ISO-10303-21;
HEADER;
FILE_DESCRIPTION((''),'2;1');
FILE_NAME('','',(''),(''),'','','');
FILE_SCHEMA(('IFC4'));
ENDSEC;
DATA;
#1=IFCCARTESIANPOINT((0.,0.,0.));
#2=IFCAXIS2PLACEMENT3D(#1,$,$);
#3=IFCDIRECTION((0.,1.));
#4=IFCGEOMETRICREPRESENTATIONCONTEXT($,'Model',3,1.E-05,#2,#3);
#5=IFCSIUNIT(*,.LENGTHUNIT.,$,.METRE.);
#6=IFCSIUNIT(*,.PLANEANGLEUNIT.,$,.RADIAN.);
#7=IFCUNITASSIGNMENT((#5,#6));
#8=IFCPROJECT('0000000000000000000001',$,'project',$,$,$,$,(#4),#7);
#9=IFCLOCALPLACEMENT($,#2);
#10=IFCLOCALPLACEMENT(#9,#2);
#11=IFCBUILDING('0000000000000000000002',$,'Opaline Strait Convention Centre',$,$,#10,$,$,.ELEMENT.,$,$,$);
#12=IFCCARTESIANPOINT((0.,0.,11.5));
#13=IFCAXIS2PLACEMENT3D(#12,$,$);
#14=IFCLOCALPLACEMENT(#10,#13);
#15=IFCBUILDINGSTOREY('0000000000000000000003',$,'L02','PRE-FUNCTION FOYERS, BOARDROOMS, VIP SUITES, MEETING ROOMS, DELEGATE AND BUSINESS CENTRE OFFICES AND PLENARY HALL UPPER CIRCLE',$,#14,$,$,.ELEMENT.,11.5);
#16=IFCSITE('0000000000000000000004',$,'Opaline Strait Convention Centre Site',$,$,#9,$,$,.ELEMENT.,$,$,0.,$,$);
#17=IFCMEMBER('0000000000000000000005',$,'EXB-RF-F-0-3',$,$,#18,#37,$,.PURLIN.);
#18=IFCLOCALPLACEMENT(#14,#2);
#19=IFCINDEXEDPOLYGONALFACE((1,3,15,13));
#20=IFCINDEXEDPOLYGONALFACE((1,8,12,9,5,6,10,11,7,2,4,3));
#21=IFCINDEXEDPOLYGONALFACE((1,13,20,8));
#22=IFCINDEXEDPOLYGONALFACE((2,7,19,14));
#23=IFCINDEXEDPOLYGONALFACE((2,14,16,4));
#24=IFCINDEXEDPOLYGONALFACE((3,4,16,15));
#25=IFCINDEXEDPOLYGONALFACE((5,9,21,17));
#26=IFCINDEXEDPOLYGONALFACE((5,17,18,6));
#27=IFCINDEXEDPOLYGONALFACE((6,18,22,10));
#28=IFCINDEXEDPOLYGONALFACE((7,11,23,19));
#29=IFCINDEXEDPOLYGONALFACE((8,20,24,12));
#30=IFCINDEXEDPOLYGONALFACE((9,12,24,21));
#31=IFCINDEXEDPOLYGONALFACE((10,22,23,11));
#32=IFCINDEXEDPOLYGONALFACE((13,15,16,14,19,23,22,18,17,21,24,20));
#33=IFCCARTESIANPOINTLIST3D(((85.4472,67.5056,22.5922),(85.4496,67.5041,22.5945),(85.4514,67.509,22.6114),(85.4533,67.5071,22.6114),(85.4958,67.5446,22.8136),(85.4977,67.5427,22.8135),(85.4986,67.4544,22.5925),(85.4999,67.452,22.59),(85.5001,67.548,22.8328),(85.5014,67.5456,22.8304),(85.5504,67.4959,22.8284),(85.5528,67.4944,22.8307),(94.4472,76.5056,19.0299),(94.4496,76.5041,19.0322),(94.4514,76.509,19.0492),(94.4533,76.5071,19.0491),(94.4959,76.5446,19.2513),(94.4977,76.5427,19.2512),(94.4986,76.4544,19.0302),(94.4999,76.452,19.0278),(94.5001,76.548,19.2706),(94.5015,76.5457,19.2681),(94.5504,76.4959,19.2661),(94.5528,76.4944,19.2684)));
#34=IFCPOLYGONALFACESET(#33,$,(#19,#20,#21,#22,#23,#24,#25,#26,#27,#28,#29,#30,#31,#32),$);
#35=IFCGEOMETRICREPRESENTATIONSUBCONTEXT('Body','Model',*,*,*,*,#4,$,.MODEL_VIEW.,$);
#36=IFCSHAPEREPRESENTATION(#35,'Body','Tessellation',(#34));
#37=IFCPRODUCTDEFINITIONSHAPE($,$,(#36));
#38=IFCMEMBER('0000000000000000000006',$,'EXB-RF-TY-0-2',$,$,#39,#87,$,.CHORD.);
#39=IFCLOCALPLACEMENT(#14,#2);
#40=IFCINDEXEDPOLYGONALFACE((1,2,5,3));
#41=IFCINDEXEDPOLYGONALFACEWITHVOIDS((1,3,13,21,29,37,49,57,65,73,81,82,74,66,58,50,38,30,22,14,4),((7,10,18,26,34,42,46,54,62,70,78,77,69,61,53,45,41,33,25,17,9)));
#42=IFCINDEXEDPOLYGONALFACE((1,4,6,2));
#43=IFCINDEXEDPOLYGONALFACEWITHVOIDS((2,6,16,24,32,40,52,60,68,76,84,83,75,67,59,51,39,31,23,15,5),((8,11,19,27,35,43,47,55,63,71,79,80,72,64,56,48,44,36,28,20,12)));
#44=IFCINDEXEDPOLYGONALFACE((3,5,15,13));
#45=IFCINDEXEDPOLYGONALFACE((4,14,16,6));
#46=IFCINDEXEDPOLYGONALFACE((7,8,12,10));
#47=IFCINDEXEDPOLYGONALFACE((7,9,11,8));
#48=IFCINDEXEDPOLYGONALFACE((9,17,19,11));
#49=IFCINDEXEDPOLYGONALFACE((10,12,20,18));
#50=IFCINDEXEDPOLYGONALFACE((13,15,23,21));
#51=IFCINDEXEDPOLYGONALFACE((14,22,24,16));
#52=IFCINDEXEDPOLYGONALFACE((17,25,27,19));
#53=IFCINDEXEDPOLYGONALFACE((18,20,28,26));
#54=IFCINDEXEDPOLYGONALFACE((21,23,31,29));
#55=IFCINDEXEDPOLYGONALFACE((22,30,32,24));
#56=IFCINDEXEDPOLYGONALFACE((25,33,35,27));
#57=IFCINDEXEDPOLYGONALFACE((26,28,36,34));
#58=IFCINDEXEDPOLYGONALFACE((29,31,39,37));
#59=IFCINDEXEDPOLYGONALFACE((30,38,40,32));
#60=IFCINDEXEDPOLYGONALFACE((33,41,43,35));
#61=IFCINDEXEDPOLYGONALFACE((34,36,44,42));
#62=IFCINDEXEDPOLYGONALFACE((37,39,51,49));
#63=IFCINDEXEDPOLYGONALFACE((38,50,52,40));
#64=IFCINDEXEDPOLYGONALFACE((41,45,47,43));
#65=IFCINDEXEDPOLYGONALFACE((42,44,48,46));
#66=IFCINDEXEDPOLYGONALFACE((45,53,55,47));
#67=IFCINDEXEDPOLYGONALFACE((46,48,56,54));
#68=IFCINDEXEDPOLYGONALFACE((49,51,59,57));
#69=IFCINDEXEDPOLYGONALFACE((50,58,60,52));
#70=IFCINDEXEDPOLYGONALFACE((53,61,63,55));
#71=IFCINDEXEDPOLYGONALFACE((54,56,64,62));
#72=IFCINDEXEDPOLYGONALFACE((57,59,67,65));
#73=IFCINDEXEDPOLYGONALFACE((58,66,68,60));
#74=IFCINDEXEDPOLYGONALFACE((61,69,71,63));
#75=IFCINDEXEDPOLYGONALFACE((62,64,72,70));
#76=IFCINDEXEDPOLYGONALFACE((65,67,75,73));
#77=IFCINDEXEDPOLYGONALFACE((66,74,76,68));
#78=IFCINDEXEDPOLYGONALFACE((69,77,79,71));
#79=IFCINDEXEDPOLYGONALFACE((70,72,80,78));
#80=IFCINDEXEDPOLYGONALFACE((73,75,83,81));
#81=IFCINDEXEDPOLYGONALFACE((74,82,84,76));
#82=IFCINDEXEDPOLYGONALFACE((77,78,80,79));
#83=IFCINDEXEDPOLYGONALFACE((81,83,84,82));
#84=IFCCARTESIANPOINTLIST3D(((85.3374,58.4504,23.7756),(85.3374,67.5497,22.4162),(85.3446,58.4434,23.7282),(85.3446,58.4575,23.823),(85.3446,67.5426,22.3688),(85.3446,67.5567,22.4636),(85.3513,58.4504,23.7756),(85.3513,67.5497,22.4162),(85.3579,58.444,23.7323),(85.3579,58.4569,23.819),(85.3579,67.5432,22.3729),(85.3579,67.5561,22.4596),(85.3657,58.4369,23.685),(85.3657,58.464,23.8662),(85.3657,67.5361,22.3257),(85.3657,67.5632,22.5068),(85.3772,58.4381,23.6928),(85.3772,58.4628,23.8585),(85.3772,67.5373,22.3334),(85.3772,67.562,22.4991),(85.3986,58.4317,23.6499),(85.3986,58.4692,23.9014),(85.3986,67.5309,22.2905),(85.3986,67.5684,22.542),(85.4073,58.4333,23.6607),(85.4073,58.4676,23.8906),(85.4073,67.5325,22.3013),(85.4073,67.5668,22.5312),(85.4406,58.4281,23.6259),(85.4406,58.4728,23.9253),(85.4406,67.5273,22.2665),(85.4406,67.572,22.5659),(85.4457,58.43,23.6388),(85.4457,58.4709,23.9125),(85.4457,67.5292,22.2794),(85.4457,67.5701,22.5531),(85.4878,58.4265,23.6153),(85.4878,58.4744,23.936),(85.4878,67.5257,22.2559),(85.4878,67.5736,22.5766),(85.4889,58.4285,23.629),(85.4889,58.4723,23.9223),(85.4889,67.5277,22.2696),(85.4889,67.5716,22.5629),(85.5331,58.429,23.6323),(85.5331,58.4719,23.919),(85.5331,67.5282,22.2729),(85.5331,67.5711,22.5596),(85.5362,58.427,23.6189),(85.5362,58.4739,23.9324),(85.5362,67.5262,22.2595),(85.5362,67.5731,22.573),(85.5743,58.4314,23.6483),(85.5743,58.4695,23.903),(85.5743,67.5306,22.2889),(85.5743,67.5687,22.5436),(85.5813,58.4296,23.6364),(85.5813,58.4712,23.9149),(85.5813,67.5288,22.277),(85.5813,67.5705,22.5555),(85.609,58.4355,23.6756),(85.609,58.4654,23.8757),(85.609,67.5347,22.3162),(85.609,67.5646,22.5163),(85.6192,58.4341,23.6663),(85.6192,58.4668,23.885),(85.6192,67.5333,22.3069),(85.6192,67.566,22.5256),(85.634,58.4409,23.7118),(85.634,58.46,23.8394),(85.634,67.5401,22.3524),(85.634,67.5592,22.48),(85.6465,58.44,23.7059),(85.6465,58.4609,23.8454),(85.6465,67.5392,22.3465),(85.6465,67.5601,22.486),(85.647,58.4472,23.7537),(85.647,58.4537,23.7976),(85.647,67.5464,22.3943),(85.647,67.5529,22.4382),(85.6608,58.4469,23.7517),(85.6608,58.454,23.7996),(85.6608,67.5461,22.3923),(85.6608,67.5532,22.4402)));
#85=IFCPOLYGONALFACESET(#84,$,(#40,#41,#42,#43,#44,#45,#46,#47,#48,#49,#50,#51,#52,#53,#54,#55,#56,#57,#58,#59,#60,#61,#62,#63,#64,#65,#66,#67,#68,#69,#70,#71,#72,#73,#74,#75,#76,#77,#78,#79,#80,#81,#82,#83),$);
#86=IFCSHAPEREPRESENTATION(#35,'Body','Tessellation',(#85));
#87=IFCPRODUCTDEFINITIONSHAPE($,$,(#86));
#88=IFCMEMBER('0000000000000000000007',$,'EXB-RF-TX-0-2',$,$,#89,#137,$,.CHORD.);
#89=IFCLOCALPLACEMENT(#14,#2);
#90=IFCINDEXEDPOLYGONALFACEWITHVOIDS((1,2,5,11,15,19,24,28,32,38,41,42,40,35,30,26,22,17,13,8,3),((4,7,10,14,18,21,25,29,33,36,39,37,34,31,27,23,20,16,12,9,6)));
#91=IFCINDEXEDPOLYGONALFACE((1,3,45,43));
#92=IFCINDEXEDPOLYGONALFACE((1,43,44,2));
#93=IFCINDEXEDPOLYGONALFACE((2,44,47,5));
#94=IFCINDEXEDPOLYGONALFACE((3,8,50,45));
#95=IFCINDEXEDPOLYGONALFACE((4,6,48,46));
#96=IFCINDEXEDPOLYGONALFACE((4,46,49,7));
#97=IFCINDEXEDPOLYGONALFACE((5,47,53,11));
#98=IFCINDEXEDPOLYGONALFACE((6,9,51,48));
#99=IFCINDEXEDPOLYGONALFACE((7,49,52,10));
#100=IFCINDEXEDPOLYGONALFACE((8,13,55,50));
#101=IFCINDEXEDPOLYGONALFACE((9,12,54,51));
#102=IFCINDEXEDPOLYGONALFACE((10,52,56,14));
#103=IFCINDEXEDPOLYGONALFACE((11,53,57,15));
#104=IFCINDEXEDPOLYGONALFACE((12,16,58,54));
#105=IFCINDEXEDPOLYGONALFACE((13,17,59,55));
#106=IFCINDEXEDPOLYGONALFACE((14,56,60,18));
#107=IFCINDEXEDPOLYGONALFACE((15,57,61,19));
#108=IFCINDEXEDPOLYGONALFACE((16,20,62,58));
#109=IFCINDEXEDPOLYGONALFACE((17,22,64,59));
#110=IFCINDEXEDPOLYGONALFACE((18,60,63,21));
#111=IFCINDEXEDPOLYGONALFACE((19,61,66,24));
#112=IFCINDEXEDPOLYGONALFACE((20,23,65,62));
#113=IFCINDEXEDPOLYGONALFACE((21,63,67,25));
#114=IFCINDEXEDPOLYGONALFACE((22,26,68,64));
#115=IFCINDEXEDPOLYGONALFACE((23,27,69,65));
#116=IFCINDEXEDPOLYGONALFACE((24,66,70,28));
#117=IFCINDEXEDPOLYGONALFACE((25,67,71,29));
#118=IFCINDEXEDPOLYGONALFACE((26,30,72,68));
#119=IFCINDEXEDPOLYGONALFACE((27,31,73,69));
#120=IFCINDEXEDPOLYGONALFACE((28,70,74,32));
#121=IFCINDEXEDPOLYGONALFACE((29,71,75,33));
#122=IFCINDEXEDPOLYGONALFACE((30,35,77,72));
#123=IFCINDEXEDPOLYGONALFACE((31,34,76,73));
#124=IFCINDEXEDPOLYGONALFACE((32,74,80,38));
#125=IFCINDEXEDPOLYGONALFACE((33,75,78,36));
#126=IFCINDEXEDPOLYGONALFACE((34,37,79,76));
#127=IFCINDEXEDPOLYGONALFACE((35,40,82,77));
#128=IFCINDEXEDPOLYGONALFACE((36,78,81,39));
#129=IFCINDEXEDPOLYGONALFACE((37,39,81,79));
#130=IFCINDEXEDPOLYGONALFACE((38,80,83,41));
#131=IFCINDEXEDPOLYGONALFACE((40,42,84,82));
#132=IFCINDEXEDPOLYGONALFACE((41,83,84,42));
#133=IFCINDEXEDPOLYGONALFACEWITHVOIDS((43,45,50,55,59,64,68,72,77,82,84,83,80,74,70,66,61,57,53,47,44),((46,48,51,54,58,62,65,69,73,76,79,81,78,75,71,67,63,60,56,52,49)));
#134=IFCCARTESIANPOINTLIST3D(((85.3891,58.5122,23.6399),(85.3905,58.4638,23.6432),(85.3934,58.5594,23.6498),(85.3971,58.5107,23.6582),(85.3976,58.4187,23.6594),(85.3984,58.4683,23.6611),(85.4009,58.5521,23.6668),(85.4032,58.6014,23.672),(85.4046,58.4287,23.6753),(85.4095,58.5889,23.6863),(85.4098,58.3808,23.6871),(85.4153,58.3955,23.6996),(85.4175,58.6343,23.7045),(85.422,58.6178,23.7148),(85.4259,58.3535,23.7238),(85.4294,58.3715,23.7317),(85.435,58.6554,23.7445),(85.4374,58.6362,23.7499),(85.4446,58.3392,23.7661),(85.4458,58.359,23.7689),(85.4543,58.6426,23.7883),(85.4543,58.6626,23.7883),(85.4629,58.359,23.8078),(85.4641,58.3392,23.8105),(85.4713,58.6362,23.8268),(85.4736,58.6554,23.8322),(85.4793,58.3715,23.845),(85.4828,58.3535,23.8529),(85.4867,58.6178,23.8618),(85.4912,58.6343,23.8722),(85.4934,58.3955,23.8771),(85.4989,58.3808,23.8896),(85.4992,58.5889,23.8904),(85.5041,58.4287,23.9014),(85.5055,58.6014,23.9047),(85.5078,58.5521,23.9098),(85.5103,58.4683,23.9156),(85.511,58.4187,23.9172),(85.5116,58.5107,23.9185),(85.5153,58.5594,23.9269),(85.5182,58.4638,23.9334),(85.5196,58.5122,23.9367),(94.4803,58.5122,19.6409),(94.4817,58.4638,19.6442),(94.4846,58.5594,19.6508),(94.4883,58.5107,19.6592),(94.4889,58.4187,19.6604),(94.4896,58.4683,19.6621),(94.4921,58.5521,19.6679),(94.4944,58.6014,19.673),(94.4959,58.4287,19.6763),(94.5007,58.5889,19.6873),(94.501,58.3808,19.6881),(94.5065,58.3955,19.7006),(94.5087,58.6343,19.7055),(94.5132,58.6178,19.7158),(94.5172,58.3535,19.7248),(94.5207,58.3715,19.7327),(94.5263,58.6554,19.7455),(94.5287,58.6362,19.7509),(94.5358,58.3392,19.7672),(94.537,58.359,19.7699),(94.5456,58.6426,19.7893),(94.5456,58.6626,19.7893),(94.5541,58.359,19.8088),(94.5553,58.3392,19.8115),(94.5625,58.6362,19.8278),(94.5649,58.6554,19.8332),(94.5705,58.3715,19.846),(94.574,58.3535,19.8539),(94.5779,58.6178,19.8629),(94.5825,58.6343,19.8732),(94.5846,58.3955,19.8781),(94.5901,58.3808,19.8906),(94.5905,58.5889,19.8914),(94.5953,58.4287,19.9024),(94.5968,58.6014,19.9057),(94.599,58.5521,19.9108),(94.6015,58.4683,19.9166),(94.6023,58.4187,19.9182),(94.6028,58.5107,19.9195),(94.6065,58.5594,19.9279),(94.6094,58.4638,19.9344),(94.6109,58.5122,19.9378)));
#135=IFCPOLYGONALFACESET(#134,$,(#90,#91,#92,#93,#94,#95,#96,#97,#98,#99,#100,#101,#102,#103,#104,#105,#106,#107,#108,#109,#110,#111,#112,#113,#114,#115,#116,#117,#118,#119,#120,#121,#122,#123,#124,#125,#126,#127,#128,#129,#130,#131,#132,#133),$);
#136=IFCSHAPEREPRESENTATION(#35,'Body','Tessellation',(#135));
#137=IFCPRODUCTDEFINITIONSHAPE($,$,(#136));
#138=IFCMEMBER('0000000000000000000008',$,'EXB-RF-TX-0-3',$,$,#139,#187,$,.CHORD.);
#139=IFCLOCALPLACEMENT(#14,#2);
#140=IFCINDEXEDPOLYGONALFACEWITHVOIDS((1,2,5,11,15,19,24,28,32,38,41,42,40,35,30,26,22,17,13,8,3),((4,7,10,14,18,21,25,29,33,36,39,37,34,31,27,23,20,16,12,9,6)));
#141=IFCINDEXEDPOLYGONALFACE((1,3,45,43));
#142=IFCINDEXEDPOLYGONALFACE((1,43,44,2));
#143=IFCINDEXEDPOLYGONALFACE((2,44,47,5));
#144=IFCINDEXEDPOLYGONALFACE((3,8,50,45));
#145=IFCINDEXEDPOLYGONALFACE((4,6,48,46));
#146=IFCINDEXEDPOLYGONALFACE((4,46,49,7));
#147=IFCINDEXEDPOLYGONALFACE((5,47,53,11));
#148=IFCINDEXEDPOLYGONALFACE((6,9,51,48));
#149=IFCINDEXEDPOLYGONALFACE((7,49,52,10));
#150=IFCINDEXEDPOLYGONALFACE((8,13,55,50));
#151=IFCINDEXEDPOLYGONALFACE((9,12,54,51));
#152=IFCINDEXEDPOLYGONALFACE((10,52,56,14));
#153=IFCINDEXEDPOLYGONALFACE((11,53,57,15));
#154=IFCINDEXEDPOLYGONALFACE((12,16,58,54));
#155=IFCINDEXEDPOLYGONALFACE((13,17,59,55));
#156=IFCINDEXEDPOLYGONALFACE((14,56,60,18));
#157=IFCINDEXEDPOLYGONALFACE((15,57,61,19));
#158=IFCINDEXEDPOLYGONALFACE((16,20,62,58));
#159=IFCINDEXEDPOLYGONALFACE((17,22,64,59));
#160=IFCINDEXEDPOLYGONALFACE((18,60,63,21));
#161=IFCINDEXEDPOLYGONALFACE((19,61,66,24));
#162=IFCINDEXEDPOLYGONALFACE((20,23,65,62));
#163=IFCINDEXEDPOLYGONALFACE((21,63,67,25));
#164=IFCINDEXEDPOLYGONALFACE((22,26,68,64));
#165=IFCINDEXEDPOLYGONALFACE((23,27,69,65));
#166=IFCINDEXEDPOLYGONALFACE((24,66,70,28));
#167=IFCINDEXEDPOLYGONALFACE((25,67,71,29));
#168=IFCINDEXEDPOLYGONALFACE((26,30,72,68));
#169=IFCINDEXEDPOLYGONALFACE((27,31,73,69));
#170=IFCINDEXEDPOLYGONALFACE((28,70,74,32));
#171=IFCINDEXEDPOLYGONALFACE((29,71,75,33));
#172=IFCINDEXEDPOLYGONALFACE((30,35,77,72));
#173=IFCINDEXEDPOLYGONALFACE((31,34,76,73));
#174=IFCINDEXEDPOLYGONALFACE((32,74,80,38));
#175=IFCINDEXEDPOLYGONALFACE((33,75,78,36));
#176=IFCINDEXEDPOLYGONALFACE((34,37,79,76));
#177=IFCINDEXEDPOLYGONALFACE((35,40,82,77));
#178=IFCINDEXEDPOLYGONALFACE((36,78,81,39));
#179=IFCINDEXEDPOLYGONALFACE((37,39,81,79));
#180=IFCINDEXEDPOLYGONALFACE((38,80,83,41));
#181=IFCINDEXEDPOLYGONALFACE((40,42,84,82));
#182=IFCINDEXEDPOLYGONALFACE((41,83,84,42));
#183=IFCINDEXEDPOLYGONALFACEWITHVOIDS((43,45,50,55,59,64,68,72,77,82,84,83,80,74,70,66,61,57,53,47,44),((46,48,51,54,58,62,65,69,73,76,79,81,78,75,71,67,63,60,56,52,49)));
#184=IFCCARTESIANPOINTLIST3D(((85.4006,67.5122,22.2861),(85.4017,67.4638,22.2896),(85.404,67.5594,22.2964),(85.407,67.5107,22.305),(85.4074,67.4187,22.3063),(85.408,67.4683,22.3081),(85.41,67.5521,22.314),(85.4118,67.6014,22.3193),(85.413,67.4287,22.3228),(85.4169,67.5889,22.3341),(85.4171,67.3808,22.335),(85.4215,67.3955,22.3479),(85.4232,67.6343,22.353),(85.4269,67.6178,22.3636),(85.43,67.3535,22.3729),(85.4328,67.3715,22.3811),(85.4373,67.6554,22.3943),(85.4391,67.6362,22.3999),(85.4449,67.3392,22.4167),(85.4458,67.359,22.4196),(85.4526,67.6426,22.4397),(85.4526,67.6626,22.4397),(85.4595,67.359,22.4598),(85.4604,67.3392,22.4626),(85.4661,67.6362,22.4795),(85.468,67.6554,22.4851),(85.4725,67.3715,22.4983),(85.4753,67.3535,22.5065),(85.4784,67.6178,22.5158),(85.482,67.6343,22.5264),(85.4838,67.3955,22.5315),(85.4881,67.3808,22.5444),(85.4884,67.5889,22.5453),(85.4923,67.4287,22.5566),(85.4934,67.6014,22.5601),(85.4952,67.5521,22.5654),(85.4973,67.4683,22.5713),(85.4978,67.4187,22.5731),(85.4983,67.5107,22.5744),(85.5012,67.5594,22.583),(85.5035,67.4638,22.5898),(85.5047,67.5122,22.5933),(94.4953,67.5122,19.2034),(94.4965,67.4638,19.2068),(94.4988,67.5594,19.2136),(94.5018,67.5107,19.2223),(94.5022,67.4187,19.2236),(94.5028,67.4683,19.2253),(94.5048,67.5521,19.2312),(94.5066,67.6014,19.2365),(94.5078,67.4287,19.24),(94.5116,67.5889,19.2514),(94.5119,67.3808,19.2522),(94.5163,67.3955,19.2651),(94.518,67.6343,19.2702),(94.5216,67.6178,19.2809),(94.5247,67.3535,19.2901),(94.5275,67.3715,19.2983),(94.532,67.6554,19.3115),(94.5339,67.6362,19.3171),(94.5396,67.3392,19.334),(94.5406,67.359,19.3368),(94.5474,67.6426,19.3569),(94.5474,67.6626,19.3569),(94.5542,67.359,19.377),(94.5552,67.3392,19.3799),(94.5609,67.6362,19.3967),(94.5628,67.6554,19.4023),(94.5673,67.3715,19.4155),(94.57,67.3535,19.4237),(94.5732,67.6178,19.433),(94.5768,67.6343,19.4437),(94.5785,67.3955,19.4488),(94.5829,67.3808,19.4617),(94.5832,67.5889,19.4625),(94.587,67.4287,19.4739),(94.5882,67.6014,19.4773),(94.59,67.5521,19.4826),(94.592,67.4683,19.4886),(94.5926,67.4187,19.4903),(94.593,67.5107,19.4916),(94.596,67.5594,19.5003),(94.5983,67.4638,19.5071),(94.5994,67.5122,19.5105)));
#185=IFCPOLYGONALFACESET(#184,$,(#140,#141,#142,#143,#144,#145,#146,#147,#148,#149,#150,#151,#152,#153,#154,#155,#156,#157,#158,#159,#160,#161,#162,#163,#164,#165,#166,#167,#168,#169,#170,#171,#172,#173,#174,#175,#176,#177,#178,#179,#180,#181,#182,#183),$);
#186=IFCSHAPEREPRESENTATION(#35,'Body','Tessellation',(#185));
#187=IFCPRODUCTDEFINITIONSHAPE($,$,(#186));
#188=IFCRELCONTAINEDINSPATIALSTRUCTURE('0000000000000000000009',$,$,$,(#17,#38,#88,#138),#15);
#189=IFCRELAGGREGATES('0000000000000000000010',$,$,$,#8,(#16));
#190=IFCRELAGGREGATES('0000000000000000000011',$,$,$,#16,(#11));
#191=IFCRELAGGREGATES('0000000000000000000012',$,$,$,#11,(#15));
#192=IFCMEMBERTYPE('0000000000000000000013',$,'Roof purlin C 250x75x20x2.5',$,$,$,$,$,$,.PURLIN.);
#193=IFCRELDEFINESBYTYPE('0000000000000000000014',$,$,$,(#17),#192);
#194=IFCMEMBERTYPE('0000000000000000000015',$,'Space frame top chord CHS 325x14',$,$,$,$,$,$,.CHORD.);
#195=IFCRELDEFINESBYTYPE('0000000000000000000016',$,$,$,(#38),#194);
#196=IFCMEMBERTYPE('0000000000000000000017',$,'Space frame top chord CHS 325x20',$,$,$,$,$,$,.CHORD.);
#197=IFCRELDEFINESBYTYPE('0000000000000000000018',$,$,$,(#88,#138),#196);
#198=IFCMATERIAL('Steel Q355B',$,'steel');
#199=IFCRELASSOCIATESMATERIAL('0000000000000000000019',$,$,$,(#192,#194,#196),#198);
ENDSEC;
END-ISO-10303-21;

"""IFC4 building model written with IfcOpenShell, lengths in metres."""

from ifc_helpers import new_model, si_unit, direction, frame, origin, origin_2d, place, context, subcontext, project, spatial, polyline, hollow_circle, outline, extrude, material, material_profile, profile_set, type_object, element, save


model = new_model("IFC4")

# Units and contexts
model_context = context("Model", 3, precision=1e-05, world=origin(), true_north=direction((0.0, 1.0)))
body_context = subcontext(model_context, "Body", "Model", "MODEL_VIEW")
ifc_project = project(units=[si_unit("LENGTHUNIT", "METRE"), si_unit("PLANEANGLEUNIT", "RADIAN")], contexts=[model_context])

# Site, building, storey
site_placement = place(None, origin())
site = spatial("IfcSite", under=ifc_project, at=site_placement, Name="Opaline Strait Convention Centre Site", CompositionType="ELEMENT", RefElevation=0.0)
building_placement = place(site_placement, origin())
building = spatial("IfcBuilding", under=site, at=building_placement, Name="Opaline Strait Convention Centre", CompositionType="ELEMENT")
storey_placement = place(building_placement, frame((0.0, 0.0, 11.5)))
storey = spatial("IfcBuildingStorey", under=building, at=storey_placement, Name="L02", Description="PRE-FUNCTION FOYERS, BOARDROOMS, VIP SUITES, MEETING ROOMS, DELEGATE AND BUSINESS CENTRE OFFICES AND PLENARY HALL UPPER CIRCLE", CompositionType="ELEMENT", Elevation=11.5)

# Members
ifc_material_1 = material(Name="Steel Q355B", Category="steel")
ifc_material_profile_1 = material_profile(ifc_material_1, outline(polyline([(-0.0376, -0.125), (0.0376, -0.125), (0.0376, -0.105), (0.0349, -0.105), (0.0349, -0.1226), (-0.0349, -0.1226), (-0.0349, 0.1226), (0.0349, 0.1226), (0.0349, 0.105), (0.0376, 0.105), (0.0376, 0.125), (-0.0376, 0.125), (-0.0376, -0.125)])), Name="C 250x75x20x2.5")
ifc_profile_set_1 = profile_set([ifc_material_profile_1], Name="Steel Q355B")
member_type_1 = type_object("IfcMemberType", Name="Roof purlin C 250x75x20x2.5", PredefinedType="PURLIN", material=ifc_profile_set_1)
member_1_placement = place(storey_placement, frame((85.5, 67.5, 22.7114), z_axis=(0.68094, 0.68094, -0.26952), x_axis=(-0.701136, 0.712454, 0.028595)))
element("IfcMember", 1, at=member_1_placement, inside=storey, type_object=member_type_1, Name="EXB-RF-F-0-3", PredefinedType="PURLIN", context=body_context, shape_type="SweptSolid", body=[
    extrude(outline(polyline([(-0.0376, -0.125), (0.0376, -0.125), (0.0376, -0.105), (0.0349, -0.105), (0.0349, -0.1226), (-0.0349, -0.1226), (-0.0349, 0.1226), (0.0349, 0.1226), (0.0349, 0.105), (0.0376, 0.105), (0.0376, 0.125), (-0.0376, 0.125), (-0.0376, -0.125)])), origin(), (0.0, 0.0, 1.0), 13.217),
])
ifc_material_profile_2 = material_profile(ifc_material_1, hollow_circle(Radius=0.1626, WallThickness=0.0139, at=origin_2d()), Name="CHS 325x14")
ifc_profile_set_2 = profile_set([ifc_material_profile_2], Name="Steel Q355B")
member_type_2 = type_object("IfcMemberType", Name="Space frame top chord CHS 325x14", PredefinedType="CHORD", material=ifc_profile_set_2)
member_2_placement = place(storey_placement, frame((85.5, 58.4504, 23.7756), z_axis=(0.0, 0.989024, -0.147756), x_axis=(-1.0, 0.0, 0.0)))
element("IfcMember", 2, at=member_2_placement, inside=storey, type_object=member_type_2, Name="EXB-RF-TY-0-2", PredefinedType="CHORD", context=body_context, shape_type="SweptSolid", body=[
    extrude(hollow_circle(Radius=0.1626, WallThickness=0.0139, at=origin_2d()), origin(), (0.0, 0.0, 1.0), 9.2002),
])
ifc_material_profile_3 = material_profile(ifc_material_1, hollow_circle(Radius=0.1626, WallThickness=0.02, at=origin_2d()), Name="CHS 325x20")
ifc_profile_set_3 = profile_set([ifc_material_profile_3], Name="Steel Q355B")
member_type_3 = type_object("IfcMemberType", Name="Space frame top chord CHS 325x20", PredefinedType="CHORD", material=ifc_profile_set_3)
member_3_placement = place(storey_placement, frame((85.4543, 58.5, 23.7883), z_axis=(0.915358, 0.0, -0.402641), x_axis=(0.0, 1.0, 0.0)))
element("IfcMember", 3, at=member_3_placement, inside=storey, type_object=member_type_3, Name="EXB-RF-TX-0-2", PredefinedType="CHORD", context=body_context, shape_type="SweptSolid", body=[
    extrude(hollow_circle(Radius=0.1626, WallThickness=0.02, at=origin_2d()), origin(), (0.0, 0.0, 1.0), 9.9319),
])
member_4_placement = place(storey_placement, frame((85.4526, 67.5, 22.4397), z_axis=(0.947072, 0.0, -0.321021), x_axis=(0.0, 1.0, 0.0)))
element("IfcMember", 4, at=member_4_placement, inside=storey, type_object=member_type_3, Name="EXB-RF-TX-0-3", PredefinedType="CHORD", context=body_context, shape_type="SweptSolid", body=[
    extrude(hollow_circle(Radius=0.1626, WallThickness=0.02, at=origin_2d()), origin(), (0.0, 0.0, 1.0), 9.603),
])

save(model, "model.ifc")
